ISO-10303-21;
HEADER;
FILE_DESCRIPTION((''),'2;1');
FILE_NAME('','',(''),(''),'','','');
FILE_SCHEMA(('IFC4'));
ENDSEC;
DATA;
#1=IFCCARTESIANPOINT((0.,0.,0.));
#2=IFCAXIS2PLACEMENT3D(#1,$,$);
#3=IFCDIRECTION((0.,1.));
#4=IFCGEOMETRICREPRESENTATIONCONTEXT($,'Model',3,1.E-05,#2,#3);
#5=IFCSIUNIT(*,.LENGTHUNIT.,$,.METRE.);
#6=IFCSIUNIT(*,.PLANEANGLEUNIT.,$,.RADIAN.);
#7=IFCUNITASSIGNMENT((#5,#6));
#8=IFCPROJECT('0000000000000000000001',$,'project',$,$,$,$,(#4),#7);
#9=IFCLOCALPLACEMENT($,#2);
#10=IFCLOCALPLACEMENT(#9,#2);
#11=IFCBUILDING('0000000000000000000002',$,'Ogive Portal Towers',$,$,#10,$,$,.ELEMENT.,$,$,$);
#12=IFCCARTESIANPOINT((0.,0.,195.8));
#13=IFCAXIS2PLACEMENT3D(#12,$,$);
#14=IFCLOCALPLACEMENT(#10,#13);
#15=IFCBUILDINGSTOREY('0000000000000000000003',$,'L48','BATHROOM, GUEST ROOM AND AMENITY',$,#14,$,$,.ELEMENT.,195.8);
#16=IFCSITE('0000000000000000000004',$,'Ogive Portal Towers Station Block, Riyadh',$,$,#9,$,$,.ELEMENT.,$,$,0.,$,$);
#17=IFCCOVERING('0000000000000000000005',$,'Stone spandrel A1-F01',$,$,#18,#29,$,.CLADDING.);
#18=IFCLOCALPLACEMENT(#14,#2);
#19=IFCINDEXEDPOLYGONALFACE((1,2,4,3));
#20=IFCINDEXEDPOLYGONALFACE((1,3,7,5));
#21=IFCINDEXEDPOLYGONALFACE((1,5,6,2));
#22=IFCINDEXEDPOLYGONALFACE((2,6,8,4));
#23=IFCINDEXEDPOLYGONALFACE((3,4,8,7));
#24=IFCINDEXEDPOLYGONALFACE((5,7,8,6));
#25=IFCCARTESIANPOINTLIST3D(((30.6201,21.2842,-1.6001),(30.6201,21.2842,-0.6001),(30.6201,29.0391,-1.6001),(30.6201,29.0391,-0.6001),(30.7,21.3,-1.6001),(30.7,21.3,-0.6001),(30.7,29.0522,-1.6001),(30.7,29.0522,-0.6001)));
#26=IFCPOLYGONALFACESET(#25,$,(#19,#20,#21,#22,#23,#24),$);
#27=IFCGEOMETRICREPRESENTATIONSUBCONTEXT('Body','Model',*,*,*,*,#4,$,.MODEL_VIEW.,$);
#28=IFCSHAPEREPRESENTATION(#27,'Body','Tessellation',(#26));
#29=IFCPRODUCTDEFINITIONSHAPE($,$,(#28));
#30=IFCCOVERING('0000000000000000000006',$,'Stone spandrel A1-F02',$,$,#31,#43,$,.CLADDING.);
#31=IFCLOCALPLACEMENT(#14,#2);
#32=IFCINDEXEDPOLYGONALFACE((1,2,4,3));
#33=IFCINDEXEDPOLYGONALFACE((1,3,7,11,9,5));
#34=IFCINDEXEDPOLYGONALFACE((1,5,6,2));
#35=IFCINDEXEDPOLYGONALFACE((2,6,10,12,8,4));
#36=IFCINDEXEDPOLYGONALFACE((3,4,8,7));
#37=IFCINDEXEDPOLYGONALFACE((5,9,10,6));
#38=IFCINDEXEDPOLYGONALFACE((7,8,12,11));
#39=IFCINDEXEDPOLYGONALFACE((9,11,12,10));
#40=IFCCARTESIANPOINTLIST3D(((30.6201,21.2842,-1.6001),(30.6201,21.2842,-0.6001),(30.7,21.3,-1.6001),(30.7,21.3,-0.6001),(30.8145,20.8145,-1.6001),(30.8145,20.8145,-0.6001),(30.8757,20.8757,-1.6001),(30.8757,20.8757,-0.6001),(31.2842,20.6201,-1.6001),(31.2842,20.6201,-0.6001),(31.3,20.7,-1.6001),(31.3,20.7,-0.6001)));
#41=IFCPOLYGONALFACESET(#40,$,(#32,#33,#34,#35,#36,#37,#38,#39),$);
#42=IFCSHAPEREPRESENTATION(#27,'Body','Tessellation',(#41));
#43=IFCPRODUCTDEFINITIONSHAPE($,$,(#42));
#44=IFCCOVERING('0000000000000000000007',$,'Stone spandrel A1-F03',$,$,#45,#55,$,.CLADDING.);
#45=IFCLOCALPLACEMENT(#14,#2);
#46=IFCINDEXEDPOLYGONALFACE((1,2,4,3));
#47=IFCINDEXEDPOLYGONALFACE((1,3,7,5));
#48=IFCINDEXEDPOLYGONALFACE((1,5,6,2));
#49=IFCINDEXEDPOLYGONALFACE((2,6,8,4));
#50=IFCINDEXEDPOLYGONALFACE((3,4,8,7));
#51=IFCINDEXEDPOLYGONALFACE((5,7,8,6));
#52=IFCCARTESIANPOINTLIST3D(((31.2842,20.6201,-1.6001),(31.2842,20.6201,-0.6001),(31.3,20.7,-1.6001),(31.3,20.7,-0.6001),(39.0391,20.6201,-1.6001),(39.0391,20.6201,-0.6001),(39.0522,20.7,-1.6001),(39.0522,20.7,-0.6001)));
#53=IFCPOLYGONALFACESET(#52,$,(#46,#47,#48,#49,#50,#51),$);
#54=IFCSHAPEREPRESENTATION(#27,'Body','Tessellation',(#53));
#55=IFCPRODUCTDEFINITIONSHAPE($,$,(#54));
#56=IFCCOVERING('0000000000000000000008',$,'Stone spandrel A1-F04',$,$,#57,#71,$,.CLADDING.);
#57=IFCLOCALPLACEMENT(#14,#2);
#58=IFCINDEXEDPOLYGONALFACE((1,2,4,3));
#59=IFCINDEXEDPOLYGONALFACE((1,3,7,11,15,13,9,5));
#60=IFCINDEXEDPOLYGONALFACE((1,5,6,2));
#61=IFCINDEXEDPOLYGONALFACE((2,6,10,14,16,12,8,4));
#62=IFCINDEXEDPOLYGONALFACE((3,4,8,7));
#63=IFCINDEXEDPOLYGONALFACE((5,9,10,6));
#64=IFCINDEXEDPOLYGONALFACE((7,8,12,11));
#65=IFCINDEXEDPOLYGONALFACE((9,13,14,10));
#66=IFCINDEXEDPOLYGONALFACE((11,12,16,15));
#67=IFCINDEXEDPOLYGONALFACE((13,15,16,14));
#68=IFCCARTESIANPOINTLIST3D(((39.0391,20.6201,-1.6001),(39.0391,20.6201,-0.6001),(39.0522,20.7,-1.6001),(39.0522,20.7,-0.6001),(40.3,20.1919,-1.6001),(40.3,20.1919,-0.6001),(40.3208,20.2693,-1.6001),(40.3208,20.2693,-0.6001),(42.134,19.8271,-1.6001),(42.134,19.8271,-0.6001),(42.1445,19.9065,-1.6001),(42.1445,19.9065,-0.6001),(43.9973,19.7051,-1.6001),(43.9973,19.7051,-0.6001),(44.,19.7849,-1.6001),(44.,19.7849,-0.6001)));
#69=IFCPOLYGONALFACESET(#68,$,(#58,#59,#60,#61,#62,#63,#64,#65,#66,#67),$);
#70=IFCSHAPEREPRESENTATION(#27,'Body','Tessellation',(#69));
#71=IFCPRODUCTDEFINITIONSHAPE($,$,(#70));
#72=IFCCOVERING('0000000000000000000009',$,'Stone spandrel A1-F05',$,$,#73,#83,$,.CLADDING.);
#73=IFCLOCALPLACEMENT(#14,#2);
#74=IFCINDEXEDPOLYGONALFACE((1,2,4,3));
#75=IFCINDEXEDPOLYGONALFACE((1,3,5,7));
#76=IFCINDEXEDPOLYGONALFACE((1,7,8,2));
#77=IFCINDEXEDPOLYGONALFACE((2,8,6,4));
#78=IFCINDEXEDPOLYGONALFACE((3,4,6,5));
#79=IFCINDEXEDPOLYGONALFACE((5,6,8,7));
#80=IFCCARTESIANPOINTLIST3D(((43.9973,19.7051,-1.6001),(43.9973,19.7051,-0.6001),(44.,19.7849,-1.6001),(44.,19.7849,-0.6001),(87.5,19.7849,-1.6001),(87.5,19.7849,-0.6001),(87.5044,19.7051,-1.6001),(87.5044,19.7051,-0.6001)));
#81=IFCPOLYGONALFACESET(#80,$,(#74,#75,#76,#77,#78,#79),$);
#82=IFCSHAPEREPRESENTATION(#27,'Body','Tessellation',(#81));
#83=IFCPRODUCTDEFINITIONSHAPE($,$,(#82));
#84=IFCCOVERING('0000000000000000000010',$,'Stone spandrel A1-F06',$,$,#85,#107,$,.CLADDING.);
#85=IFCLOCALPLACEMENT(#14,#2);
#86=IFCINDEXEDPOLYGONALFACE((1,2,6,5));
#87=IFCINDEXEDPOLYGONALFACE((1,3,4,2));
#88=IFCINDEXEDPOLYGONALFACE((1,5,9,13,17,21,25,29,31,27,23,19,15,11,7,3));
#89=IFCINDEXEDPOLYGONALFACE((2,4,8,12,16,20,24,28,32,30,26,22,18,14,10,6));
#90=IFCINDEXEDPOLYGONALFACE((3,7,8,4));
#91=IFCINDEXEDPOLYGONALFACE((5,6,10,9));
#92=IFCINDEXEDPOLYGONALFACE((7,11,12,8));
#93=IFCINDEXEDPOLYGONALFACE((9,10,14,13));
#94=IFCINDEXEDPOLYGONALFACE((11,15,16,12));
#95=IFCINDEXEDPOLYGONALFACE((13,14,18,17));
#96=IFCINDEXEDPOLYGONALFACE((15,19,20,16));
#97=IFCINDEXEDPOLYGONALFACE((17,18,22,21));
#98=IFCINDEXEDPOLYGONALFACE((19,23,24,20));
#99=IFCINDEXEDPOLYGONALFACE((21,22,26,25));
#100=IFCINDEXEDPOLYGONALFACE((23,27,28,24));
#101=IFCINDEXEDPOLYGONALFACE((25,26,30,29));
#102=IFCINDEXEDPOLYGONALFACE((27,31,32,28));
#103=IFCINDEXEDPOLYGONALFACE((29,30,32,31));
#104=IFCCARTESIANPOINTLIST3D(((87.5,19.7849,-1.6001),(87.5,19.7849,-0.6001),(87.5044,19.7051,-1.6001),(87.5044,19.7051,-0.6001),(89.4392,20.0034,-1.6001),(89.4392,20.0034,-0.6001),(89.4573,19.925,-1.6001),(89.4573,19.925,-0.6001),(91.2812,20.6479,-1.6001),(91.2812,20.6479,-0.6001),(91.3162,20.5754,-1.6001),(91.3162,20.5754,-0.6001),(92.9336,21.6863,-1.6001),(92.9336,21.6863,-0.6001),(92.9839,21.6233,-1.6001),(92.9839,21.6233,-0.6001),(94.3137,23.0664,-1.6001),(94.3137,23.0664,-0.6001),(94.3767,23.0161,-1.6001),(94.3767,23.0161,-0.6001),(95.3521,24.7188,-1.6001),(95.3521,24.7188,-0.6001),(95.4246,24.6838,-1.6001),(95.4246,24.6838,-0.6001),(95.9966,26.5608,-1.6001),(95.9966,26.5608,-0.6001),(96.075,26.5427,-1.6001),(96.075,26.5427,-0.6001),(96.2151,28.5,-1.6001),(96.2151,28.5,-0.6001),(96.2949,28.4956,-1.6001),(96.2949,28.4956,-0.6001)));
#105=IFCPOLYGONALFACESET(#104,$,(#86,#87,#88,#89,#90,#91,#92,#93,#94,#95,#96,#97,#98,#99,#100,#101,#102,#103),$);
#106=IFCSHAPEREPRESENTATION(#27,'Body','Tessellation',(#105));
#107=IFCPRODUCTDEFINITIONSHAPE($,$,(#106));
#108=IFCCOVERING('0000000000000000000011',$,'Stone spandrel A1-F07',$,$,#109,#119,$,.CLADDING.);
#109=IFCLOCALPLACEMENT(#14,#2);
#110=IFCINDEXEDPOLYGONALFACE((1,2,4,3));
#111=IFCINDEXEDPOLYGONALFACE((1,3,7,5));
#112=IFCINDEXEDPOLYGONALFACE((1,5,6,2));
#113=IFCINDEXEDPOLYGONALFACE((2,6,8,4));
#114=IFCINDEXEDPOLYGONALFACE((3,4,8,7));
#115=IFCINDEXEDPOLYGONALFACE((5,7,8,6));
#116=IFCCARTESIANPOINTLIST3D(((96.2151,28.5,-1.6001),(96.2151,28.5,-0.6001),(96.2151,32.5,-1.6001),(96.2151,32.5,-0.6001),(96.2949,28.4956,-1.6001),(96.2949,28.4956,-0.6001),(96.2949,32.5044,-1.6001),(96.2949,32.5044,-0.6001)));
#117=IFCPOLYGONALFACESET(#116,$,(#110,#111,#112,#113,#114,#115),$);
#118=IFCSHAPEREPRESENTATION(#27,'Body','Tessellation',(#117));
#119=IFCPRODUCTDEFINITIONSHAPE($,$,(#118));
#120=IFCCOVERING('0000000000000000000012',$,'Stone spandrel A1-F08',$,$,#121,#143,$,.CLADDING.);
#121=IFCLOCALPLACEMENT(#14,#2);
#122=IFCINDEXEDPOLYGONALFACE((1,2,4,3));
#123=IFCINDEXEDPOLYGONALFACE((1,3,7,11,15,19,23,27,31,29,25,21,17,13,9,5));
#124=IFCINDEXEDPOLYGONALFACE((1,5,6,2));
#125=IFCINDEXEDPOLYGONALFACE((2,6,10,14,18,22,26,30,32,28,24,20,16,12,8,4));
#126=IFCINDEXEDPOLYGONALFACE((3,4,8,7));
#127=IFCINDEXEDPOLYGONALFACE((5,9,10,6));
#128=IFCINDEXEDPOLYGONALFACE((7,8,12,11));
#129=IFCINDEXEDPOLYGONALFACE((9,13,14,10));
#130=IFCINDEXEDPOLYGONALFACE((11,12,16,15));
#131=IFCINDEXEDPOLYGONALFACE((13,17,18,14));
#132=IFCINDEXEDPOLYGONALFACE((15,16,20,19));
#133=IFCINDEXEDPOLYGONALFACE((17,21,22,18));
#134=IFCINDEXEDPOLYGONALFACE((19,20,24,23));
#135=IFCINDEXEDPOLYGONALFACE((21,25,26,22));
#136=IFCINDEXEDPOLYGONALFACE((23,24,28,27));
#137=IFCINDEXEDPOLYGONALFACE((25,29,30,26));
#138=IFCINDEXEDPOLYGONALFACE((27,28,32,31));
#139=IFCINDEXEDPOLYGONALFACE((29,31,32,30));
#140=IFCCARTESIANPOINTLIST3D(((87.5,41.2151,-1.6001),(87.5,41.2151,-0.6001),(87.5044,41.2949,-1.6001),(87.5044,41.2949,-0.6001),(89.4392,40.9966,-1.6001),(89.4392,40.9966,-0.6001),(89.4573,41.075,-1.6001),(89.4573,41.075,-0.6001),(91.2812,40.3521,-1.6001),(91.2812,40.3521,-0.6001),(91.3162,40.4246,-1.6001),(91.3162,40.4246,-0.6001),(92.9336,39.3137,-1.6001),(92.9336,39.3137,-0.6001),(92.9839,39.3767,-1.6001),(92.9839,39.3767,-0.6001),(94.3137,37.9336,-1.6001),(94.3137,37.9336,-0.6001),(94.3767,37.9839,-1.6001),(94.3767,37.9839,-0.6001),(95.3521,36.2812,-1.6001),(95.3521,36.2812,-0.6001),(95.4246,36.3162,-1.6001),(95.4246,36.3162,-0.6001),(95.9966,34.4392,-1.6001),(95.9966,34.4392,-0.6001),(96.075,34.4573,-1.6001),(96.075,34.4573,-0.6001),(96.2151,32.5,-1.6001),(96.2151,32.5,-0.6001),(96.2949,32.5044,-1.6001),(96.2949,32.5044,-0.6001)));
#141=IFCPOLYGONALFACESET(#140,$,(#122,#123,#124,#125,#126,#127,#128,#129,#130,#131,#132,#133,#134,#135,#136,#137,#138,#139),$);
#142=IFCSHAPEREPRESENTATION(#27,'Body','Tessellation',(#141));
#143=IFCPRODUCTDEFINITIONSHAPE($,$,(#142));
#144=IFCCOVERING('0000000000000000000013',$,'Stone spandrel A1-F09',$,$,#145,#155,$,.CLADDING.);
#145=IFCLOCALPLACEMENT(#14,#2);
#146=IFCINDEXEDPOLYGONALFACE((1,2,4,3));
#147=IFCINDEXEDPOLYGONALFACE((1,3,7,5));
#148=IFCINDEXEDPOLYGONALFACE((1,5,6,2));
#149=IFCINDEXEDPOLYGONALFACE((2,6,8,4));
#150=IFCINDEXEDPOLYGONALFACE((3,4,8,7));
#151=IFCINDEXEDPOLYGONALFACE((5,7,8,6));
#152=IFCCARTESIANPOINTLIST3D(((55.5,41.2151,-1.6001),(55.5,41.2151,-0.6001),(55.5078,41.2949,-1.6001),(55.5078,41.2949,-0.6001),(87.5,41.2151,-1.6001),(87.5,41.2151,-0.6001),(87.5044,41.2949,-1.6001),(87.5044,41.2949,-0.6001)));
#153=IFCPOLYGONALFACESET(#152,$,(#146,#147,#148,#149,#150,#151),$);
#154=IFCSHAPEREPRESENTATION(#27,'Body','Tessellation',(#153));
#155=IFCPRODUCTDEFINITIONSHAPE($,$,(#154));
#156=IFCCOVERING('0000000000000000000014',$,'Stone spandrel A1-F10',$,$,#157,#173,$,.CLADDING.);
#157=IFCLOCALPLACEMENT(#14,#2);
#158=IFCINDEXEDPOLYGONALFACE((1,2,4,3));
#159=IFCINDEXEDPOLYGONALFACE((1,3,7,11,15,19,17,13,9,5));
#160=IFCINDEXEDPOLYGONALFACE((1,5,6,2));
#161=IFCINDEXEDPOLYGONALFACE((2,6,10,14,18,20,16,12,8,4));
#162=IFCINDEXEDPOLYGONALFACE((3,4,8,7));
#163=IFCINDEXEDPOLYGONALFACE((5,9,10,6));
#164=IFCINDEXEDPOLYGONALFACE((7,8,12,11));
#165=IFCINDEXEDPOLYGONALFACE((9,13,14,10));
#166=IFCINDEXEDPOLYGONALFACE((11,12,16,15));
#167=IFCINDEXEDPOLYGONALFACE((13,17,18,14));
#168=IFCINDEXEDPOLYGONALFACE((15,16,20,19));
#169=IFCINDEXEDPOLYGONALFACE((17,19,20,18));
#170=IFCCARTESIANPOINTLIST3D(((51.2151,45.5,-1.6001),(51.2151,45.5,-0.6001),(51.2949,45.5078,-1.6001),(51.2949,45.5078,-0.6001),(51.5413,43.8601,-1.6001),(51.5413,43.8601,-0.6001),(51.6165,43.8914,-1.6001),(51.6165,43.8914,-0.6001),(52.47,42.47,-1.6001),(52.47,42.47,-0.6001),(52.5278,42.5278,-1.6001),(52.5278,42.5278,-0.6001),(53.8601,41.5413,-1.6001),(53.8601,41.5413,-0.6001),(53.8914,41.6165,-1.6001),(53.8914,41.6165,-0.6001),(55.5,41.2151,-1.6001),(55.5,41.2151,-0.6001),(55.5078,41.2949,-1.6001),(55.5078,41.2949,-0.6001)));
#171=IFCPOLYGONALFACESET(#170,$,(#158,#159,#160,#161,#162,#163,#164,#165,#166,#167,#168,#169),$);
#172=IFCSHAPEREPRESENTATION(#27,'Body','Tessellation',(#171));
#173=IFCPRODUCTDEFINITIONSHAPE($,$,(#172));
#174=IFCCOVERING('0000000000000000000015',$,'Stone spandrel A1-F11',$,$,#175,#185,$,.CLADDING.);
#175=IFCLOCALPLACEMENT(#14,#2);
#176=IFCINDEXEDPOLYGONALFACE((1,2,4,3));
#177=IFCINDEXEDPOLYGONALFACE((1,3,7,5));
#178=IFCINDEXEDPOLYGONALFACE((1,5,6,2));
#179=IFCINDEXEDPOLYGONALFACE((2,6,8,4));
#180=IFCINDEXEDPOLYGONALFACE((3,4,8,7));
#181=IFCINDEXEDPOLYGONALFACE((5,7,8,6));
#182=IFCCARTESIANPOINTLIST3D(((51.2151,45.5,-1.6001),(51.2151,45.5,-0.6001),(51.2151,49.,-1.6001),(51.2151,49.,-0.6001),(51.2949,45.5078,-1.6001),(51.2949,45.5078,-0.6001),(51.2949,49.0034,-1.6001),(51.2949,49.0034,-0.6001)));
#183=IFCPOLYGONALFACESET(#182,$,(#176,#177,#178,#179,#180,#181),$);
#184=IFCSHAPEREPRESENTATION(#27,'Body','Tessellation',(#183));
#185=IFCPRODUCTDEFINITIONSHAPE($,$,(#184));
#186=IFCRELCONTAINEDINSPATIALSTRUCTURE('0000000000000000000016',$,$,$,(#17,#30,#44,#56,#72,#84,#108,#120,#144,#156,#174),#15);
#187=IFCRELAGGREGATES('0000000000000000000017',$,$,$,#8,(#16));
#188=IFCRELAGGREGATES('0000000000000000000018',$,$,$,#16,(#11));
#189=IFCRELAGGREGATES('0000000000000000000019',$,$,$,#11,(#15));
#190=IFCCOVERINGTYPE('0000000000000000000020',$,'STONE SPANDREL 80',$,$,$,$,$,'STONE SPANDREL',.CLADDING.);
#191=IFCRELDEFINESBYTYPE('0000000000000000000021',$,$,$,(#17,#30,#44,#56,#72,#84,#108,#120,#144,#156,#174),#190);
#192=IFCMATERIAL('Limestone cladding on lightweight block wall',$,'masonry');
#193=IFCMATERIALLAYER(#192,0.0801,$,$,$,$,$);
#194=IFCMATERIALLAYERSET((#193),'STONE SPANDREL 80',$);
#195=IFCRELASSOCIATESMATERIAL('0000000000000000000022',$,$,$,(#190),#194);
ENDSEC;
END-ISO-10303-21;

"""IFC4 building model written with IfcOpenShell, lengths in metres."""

from ifc_helpers import new_model, si_unit, direction, frame, origin, place, context, subcontext, project, spatial, polyline, outline, extrude, material, layer, layer_set, type_object, element, save


model = new_model("IFC4")

# Units and contexts
model_context = context("Model", 3, precision=1e-05, world=origin(), true_north=direction((0.0, 1.0)))
body_context = subcontext(model_context, "Body", "Model", "MODEL_VIEW")
ifc_project = project(units=[si_unit("LENGTHUNIT", "METRE"), si_unit("PLANEANGLEUNIT", "RADIAN")], contexts=[model_context])

# Site, building, storey
site_placement = place(None, origin())
site = spatial("IfcSite", under=ifc_project, at=site_placement, Name="Ogive Portal Towers Station Block, Riyadh", CompositionType="ELEMENT", RefElevation=0.0)
building_placement = place(site_placement, origin())
building = spatial("IfcBuilding", under=site, at=building_placement, Name="Ogive Portal Towers", CompositionType="ELEMENT")
storey_placement = place(building_placement, frame((0.0, 0.0, 195.8)))
storey = spatial("IfcBuildingStorey", under=building, at=storey_placement, Name="L48", Description="BATHROOM, GUEST ROOM AND AMENITY", CompositionType="ELEMENT", Elevation=195.8)

# Coverings
ifc_material_1 = material(Name="Limestone cladding on lightweight block wall", Category="masonry")
ifc_layer_1 = layer(ifc_material_1, 0.0801)
ifc_layer_set_1 = layer_set([ifc_layer_1], Name="STONE SPANDREL 80")
covering_type_1 = type_object("IfcCoveringType", Name="STONE SPANDREL 80", ElementType="STONE SPANDREL", PredefinedType="CLADDING", material=ifc_layer_set_1)
covering_1_placement = place(storey_placement, frame((0.0, 0.0, -1.6001)))
element("IfcCovering", 1, at=covering_1_placement, inside=storey, type_object=covering_type_1, Name="Stone spandrel A1-F01", PredefinedType="CLADDING", context=body_context, shape_type="SweptSolid", body=[
    extrude(outline(polyline([(30.7, 29.0522), (30.7, 21.3), (30.6201, 21.2842), (30.6201, 29.0391), (30.7, 29.0522)])), origin(), (0.0, 0.0, 1.0), 1.0),
])
covering_2_placement = place(storey_placement, frame((0.0, 0.0, -1.6001)))
element("IfcCovering", 2, at=covering_2_placement, inside=storey, type_object=covering_type_1, Name="Stone spandrel A1-F02", PredefinedType="CLADDING", context=body_context, shape_type="SweptSolid", body=[
    extrude(outline(polyline([(30.7, 21.3), (30.8757, 20.8757), (31.3, 20.7), (31.2842, 20.6201), (30.8145, 20.8145), (30.6201, 21.2842), (30.7, 21.3)])), origin(), (0.0, 0.0, 1.0), 1.0),
])
covering_3_placement = place(storey_placement, frame((0.0, 0.0, -1.6001)))
element("IfcCovering", 3, at=covering_3_placement, inside=storey, type_object=covering_type_1, Name="Stone spandrel A1-F03", PredefinedType="CLADDING", context=body_context, shape_type="SweptSolid", body=[
    extrude(outline(polyline([(31.3, 20.7), (39.0522, 20.7), (39.0391, 20.6201), (31.2842, 20.6201), (31.3, 20.7)])), origin(), (0.0, 0.0, 1.0), 1.0),
])
covering_4_placement = place(storey_placement, frame((0.0, 0.0, -1.6001)))
element("IfcCovering", 4, at=covering_4_placement, inside=storey, type_object=covering_type_1, Name="Stone spandrel A1-F04", PredefinedType="CLADDING", context=body_context, shape_type="SweptSolid", body=[
    extrude(outline(polyline([(39.0522, 20.7), (40.3208, 20.2693), (42.1445, 19.9065), (44.0, 19.7849), (43.9973, 19.7051), (42.134, 19.8271), (40.3, 20.1919), (39.0391, 20.6201), (39.0522, 20.7)])), origin(), (0.0, 0.0, 1.0), 1.0),
])
covering_5_placement = place(storey_placement, frame((0.0, 0.0, -1.6001)))
element("IfcCovering", 5, at=covering_5_placement, inside=storey, type_object=covering_type_1, Name="Stone spandrel A1-F05", PredefinedType="CLADDING", context=body_context, shape_type="SweptSolid", body=[
    extrude(outline(polyline([(44.0, 19.7849), (87.5, 19.7849), (87.5044, 19.7051), (43.9973, 19.7051), (44.0, 19.7849)])), origin(), (0.0, 0.0, 1.0), 1.0),
])
covering_6_placement = place(storey_placement, frame((0.0, 0.0, -1.6001)))
element("IfcCovering", 6, at=covering_6_placement, inside=storey, type_object=covering_type_1, Name="Stone spandrel A1-F06", PredefinedType="CLADDING", context=body_context, shape_type="SweptSolid", body=[
    extrude(outline(polyline([(87.5, 19.7849), (89.4392, 20.0034), (91.2812, 20.6479), (92.9336, 21.6863), (94.3137, 23.0664), (95.3521, 24.7188), (95.9966, 26.5608), (96.2151, 28.5), (96.2949, 28.4956), (96.075, 26.5427), (95.4246, 24.6838), (94.3767, 23.0161), (92.9839, 21.6233), (91.3162, 20.5754), (89.4573, 19.925), (87.5044, 19.7051), (87.5, 19.7849)])), origin(), (0.0, 0.0, 1.0), 1.0),
])
covering_7_placement = place(storey_placement, frame((0.0, 0.0, -1.6001)))
element("IfcCovering", 7, at=covering_7_placement, inside=storey, type_object=covering_type_1, Name="Stone spandrel A1-F07", PredefinedType="CLADDING", context=body_context, shape_type="SweptSolid", body=[
    extrude(outline(polyline([(96.2151, 28.5), (96.2151, 32.5), (96.2949, 32.5044), (96.2949, 28.4956), (96.2151, 28.5)])), origin(), (0.0, 0.0, 1.0), 1.0),
])
covering_8_placement = place(storey_placement, frame((0.0, 0.0, -1.6001)))
element("IfcCovering", 8, at=covering_8_placement, inside=storey, type_object=covering_type_1, Name="Stone spandrel A1-F08", PredefinedType="CLADDING", context=body_context, shape_type="SweptSolid", body=[
    extrude(outline(polyline([(96.2151, 32.5), (95.9966, 34.4392), (95.3521, 36.2812), (94.3137, 37.9336), (92.9336, 39.3137), (91.2812, 40.3521), (89.4392, 40.9966), (87.5, 41.2151), (87.5044, 41.2949), (89.4573, 41.075), (91.3162, 40.4246), (92.9839, 39.3767), (94.3767, 37.9839), (95.4246, 36.3162), (96.075, 34.4573), (96.2949, 32.5044), (96.2151, 32.5)])), origin(), (0.0, 0.0, 1.0), 1.0),
])
covering_9_placement = place(storey_placement, frame((0.0, 0.0, -1.6001)))
element("IfcCovering", 9, at=covering_9_placement, inside=storey, type_object=covering_type_1, Name="Stone spandrel A1-F09", PredefinedType="CLADDING", context=body_context, shape_type="SweptSolid", body=[
    extrude(outline(polyline([(87.5, 41.2151), (55.5, 41.2151), (55.5078, 41.2949), (87.5044, 41.2949), (87.5, 41.2151)])), origin(), (0.0, 0.0, 1.0), 1.0),
])
covering_10_placement = place(storey_placement, frame((0.0, 0.0, -1.6001)))
element("IfcCovering", 10, at=covering_10_placement, inside=storey, type_object=covering_type_1, Name="Stone spandrel A1-F10", PredefinedType="CLADDING", context=body_context, shape_type="SweptSolid", body=[
    extrude(outline(polyline([(55.5, 41.2151), (53.8601, 41.5413), (52.47, 42.47), (51.5413, 43.8601), (51.2151, 45.5), (51.2949, 45.5078), (51.6165, 43.8914), (52.5278, 42.5278), (53.8914, 41.6165), (55.5078, 41.2949), (55.5, 41.2151)])), origin(), (0.0, 0.0, 1.0), 1.0),
])
covering_11_placement = place(storey_placement, frame((0.0, 0.0, -1.6001)))
element("IfcCovering", 11, at=covering_11_placement, inside=storey, type_object=covering_type_1, Name="Stone spandrel A1-F11", PredefinedType="CLADDING", context=body_context, shape_type="SweptSolid", body=[
    extrude(outline(polyline([(51.2151, 45.5), (51.2151, 49.0), (51.2949, 49.0034), (51.2949, 45.5078), (51.2151, 45.5)])), origin(), (0.0, 0.0, 1.0), 1.0),
])

save(model, "model.ifc")
